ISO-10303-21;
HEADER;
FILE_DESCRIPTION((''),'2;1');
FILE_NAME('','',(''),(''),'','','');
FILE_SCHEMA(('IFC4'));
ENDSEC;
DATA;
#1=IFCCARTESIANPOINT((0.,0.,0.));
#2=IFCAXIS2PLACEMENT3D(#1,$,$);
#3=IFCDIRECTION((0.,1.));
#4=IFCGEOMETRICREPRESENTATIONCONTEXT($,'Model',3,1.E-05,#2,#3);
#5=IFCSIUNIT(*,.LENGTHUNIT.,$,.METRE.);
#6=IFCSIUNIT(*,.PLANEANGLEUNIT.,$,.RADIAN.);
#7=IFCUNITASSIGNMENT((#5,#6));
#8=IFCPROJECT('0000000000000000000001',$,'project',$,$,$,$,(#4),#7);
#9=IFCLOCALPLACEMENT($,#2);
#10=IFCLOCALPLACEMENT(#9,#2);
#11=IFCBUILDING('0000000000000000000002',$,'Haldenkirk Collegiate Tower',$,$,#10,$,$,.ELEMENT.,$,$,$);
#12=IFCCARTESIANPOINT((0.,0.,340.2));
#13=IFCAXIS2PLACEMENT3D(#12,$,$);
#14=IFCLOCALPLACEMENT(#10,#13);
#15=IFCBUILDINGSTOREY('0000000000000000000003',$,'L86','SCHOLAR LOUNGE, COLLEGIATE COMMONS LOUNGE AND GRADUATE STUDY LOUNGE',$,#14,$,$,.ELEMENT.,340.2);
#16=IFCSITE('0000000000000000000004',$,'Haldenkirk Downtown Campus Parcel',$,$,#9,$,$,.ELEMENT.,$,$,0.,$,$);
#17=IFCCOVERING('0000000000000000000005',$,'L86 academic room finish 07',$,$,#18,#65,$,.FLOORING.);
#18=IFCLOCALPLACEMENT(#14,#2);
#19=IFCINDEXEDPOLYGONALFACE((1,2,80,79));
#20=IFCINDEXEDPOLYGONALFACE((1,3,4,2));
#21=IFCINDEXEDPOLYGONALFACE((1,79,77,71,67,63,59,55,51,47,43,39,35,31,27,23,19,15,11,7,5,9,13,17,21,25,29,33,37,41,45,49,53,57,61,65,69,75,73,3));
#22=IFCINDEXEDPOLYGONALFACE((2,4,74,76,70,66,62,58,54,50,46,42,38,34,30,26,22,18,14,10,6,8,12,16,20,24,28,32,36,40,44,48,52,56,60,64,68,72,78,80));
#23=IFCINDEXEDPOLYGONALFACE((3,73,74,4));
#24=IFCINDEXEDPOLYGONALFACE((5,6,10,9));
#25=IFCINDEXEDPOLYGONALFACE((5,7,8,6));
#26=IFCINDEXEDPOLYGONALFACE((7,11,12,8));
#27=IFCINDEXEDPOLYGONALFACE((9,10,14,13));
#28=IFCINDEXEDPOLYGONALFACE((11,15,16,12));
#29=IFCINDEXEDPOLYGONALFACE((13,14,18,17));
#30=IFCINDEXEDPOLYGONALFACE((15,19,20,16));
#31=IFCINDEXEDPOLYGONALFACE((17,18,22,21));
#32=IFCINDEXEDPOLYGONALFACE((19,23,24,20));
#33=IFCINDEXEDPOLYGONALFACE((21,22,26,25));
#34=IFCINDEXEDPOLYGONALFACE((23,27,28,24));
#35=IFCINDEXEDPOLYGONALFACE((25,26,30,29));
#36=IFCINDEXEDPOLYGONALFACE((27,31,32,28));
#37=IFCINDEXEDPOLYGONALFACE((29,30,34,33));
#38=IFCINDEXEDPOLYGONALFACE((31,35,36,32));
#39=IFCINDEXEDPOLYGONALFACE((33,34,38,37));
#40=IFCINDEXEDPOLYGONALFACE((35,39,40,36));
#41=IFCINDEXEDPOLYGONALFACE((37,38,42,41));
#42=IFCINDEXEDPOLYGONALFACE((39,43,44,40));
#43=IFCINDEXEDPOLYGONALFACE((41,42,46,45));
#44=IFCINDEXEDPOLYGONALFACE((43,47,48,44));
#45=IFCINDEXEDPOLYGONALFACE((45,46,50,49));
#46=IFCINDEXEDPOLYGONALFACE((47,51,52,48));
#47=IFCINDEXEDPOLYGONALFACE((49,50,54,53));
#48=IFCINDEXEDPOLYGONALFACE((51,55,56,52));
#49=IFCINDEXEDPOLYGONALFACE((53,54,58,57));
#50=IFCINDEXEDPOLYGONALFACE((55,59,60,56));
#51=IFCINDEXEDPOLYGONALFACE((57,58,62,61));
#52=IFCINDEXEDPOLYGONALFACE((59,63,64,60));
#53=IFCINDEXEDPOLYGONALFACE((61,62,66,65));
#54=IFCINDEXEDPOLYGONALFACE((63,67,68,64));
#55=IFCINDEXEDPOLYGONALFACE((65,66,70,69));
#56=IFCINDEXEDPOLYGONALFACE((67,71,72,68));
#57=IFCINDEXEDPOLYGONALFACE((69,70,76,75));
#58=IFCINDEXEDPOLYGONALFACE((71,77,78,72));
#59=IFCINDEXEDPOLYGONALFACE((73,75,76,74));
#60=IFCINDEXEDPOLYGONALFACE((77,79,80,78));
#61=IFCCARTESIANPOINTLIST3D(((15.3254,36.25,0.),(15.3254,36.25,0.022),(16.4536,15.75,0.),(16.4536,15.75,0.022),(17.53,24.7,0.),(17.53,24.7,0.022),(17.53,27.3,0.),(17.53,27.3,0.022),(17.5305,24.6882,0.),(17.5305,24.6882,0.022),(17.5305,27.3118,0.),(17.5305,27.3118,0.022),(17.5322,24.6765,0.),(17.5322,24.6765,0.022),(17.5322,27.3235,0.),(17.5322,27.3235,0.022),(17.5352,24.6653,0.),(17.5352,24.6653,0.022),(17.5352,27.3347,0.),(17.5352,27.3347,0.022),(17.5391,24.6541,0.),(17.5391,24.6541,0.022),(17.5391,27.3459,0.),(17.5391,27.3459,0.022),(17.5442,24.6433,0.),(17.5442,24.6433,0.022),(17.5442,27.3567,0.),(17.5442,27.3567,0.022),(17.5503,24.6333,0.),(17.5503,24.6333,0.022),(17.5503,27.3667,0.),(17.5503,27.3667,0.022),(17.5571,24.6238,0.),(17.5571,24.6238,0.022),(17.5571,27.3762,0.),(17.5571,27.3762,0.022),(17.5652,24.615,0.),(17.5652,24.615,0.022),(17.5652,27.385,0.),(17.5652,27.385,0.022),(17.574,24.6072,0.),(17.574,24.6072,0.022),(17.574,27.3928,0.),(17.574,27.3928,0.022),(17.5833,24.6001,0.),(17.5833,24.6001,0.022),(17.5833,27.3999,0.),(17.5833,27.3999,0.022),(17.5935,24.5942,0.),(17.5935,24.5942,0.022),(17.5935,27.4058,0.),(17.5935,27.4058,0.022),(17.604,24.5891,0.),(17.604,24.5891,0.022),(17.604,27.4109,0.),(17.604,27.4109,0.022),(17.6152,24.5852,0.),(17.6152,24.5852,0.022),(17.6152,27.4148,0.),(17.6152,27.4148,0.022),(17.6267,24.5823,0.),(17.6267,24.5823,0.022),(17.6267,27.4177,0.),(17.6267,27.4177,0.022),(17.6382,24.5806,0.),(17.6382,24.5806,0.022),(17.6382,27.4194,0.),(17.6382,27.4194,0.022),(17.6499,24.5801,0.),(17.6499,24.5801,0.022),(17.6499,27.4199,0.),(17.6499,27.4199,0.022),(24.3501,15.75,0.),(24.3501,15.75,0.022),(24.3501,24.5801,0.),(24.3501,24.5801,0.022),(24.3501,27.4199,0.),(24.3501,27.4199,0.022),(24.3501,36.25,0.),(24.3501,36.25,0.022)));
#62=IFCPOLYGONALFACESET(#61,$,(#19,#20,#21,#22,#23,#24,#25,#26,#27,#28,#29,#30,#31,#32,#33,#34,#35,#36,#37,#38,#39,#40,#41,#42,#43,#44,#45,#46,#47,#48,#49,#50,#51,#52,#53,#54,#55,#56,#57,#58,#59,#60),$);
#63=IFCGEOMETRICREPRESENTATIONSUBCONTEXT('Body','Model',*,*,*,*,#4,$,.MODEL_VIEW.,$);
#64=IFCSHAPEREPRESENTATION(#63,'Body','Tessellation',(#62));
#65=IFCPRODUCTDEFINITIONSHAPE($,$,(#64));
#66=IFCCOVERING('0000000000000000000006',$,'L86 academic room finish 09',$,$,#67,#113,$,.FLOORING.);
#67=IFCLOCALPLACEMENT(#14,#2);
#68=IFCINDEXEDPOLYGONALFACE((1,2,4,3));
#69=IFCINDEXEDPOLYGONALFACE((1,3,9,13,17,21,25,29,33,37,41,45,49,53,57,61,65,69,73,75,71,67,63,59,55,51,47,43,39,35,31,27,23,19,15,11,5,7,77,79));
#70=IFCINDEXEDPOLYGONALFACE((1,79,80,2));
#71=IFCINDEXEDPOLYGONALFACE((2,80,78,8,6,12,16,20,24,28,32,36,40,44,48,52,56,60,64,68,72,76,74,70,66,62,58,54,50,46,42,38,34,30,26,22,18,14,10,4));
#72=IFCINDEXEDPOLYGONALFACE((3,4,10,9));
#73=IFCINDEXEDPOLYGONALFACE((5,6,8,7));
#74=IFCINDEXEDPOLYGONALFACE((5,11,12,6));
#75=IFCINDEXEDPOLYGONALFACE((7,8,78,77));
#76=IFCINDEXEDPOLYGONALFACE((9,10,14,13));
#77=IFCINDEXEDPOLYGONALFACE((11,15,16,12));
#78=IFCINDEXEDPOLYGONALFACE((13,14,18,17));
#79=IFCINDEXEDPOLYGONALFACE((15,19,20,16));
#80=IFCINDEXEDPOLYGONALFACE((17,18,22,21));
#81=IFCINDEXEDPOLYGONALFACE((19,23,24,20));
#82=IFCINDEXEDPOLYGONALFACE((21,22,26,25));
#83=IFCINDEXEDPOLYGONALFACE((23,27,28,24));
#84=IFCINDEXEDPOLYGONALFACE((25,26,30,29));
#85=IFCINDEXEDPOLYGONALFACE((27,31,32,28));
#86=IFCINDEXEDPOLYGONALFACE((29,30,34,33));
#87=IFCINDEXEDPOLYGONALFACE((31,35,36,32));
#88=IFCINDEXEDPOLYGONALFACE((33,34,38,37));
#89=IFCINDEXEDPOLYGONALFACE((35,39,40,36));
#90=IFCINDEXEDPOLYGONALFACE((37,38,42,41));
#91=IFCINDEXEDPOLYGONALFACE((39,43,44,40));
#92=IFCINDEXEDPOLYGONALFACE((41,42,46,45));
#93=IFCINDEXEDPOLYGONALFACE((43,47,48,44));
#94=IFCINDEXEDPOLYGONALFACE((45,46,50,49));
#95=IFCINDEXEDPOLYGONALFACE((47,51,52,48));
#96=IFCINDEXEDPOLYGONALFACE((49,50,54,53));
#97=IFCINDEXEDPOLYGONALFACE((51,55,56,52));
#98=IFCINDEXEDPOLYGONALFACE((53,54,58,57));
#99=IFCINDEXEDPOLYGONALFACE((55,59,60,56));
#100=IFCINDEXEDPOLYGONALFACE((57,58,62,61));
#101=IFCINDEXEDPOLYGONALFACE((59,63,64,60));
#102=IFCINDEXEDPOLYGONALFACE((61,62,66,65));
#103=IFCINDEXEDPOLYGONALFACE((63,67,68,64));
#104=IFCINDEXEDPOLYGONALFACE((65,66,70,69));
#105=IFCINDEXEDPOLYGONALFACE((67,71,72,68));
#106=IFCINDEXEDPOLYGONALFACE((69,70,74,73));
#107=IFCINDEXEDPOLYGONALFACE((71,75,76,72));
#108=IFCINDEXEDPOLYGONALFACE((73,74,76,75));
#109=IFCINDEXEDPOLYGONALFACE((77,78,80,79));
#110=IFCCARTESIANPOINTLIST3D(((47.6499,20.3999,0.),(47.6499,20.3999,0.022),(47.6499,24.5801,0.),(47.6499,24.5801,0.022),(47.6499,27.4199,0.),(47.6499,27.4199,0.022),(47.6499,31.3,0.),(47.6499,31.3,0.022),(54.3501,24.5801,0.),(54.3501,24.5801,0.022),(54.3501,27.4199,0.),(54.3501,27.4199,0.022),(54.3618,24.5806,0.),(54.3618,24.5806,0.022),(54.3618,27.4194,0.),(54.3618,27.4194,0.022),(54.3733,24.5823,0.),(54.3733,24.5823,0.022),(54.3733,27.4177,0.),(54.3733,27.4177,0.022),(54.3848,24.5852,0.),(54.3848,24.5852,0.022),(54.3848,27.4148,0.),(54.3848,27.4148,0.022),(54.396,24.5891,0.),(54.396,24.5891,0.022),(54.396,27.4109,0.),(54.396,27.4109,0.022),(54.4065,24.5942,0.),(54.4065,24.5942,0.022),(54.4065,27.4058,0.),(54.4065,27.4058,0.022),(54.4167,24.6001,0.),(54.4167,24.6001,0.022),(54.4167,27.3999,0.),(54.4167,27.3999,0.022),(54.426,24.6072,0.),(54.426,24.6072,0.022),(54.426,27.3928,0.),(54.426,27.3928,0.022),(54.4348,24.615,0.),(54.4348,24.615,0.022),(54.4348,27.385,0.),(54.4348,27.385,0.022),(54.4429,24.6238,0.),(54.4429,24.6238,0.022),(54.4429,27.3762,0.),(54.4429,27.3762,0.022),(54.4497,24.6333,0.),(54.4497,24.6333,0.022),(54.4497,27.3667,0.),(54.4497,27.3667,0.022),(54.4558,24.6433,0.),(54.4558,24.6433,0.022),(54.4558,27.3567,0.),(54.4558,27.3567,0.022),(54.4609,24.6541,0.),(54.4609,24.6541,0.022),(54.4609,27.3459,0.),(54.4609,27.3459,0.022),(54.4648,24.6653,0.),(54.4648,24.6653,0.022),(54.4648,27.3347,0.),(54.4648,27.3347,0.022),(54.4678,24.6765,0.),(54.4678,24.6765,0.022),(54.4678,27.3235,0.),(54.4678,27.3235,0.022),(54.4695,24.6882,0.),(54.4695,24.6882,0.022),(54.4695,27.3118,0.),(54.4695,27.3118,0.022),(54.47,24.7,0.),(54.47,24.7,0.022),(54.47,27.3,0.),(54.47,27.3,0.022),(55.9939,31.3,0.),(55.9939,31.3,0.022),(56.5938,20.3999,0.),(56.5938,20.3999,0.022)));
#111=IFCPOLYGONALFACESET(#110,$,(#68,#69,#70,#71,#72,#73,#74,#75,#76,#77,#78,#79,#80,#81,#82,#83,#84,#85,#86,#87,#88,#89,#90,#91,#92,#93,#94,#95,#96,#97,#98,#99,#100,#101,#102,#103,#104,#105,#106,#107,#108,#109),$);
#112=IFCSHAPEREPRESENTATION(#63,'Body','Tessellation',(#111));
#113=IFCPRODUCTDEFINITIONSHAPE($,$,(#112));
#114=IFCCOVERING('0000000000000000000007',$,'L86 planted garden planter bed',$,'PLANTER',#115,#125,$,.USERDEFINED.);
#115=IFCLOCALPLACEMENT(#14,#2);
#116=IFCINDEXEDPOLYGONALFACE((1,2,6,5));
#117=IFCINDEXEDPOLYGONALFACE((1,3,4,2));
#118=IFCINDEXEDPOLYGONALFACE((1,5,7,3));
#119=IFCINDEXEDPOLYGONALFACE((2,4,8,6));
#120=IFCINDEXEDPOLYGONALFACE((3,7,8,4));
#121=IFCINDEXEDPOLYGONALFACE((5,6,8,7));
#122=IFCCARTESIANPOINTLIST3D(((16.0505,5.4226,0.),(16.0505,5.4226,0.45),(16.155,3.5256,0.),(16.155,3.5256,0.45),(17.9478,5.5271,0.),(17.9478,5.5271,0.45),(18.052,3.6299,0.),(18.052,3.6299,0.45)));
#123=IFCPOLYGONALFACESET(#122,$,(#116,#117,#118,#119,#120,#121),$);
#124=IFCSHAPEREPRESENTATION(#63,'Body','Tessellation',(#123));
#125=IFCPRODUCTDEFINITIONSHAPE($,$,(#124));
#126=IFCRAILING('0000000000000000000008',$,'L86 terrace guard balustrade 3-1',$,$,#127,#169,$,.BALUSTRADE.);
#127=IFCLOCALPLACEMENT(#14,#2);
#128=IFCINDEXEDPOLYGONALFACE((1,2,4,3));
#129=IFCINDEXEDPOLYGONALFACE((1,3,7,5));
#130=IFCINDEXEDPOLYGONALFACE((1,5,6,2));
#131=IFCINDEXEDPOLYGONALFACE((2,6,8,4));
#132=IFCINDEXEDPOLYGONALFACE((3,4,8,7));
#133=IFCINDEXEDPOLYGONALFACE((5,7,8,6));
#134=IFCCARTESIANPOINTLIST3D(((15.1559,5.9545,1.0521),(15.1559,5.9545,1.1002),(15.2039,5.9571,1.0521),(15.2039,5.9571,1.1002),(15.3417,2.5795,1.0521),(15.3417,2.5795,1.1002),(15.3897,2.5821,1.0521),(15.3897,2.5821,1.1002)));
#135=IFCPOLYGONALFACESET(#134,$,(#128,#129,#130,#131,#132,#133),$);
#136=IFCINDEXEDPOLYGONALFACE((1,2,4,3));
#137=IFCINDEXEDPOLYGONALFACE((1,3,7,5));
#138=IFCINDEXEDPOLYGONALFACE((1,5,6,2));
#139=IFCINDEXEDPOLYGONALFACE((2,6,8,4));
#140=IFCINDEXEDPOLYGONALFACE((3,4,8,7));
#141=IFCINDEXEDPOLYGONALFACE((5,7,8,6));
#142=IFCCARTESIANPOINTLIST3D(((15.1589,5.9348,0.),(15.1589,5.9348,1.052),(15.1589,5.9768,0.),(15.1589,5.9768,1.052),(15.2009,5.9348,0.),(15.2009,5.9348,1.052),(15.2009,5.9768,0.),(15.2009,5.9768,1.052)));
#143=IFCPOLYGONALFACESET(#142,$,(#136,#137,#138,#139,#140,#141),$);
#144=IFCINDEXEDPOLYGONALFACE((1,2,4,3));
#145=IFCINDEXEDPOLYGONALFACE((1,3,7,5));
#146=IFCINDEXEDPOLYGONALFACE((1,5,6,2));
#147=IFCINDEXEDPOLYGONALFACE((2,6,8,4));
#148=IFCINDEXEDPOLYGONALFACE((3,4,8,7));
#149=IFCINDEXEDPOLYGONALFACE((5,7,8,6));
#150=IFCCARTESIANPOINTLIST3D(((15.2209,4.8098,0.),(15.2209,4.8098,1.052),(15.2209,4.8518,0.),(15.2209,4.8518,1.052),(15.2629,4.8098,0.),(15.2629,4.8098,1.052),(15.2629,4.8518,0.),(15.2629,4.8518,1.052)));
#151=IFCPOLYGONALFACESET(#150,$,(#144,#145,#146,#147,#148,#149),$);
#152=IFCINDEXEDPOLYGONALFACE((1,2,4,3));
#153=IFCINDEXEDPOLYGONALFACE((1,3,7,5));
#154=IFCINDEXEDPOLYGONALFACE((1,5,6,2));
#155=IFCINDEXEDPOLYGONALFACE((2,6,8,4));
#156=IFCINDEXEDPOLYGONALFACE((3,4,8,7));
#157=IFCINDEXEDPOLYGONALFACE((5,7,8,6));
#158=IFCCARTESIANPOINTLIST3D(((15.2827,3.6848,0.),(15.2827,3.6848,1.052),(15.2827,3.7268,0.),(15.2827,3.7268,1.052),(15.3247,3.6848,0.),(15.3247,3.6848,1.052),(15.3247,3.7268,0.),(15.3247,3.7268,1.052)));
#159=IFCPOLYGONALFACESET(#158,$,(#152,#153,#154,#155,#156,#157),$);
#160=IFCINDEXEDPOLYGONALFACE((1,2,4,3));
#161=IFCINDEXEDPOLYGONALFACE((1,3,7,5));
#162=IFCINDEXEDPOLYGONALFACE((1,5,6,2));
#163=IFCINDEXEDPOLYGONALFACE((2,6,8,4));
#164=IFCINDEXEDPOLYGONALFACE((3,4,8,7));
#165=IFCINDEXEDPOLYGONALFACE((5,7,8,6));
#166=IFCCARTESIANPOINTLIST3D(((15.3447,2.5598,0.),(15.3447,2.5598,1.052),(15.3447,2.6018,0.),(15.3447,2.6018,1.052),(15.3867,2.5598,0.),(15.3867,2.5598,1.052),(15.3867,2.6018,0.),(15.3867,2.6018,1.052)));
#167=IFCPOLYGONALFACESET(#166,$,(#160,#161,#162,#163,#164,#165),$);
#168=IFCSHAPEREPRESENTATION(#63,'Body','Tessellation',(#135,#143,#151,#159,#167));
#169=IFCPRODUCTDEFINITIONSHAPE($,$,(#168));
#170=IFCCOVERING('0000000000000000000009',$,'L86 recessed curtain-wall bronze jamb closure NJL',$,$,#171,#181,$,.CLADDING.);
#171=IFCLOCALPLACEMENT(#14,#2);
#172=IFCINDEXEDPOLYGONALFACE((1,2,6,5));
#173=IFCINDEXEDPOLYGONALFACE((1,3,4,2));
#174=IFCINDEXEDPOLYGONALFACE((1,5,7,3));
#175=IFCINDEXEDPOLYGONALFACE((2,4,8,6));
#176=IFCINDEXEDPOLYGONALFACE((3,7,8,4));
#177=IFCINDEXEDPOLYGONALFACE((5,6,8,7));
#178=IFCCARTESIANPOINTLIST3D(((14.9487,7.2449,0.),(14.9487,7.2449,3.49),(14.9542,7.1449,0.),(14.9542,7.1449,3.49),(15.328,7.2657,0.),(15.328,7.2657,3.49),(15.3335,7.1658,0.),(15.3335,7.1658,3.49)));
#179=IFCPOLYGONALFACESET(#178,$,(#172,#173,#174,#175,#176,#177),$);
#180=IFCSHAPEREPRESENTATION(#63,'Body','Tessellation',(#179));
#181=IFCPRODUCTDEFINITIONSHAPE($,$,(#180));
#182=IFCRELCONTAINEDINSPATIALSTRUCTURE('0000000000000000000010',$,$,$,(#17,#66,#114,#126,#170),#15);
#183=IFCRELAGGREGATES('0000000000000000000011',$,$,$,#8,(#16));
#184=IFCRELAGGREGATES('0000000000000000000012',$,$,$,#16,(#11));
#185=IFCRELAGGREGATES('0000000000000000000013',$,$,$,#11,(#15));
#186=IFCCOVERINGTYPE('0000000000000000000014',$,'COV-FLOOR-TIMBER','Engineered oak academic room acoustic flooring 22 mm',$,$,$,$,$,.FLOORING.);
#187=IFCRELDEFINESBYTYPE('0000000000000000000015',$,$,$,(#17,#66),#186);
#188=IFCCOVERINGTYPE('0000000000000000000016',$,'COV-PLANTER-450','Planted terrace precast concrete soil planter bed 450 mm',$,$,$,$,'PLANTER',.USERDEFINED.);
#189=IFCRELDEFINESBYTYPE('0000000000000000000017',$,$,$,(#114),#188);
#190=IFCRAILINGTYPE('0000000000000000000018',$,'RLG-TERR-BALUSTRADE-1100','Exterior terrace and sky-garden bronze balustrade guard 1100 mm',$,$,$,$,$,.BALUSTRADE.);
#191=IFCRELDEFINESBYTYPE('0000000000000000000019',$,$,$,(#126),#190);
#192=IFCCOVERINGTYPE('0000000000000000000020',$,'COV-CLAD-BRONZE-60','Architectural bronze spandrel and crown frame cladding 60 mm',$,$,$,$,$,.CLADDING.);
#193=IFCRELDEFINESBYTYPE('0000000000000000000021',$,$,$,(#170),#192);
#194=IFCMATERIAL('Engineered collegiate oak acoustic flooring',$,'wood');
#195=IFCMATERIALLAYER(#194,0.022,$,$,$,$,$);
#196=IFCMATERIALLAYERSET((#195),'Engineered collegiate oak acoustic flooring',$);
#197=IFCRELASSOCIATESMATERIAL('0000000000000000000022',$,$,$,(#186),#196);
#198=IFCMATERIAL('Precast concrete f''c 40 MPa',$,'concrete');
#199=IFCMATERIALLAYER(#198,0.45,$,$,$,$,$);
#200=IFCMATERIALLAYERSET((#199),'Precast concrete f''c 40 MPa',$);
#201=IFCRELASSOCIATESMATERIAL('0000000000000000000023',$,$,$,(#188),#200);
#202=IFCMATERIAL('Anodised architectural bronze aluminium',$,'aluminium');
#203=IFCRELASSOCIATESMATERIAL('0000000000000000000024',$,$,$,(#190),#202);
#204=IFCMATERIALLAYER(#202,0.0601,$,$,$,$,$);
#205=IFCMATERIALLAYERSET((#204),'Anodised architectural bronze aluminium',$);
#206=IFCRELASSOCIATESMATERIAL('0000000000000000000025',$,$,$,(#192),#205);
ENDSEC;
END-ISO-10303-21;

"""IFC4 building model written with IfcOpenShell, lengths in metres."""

from ifc_helpers import new_model, si_unit, direction, frame, origin, origin_2d, place, context, subcontext, project, spatial, polyline, rectangle, outline, extrude, source, transform, mapped, material, layer, layer_set, type_object, element, save


model = new_model("IFC4")

# Units and contexts
model_context = context("Model", 3, precision=1e-05, world=origin(), true_north=direction((0.0, 1.0)))
body_context = subcontext(model_context, "Body", "Model", "MODEL_VIEW")
ifc_project = project(units=[si_unit("LENGTHUNIT", "METRE"), si_unit("PLANEANGLEUNIT", "RADIAN")], contexts=[model_context])

# Site, building, storey
site_placement = place(None, origin())
site = spatial("IfcSite", under=ifc_project, at=site_placement, Name="Haldenkirk Downtown Campus Parcel", CompositionType="ELEMENT", RefElevation=0.0)
building_placement = place(site_placement, origin())
building = spatial("IfcBuilding", under=site, at=building_placement, Name="Haldenkirk Collegiate Tower", CompositionType="ELEMENT")
storey_placement = place(building_placement, frame((0.0, 0.0, 340.2)))
storey = spatial("IfcBuildingStorey", under=building, at=storey_placement, Name="L86", Description="SCHOLAR LOUNGE, COLLEGIATE COMMONS LOUNGE AND GRADUATE STUDY LOUNGE", CompositionType="ELEMENT", Elevation=340.2)

# Shared definitions
ifc_material_1 = material(Name="Anodised architectural bronze aluminium", Category="aluminium")

# Shared definitions
ifc_material_2 = material(Name="Precast concrete f'c 40 MPa", Category="concrete")

# Coverings
ifc_material_3 = material(Name="Engineered collegiate oak acoustic flooring", Category="wood")
ifc_layer_1 = layer(ifc_material_3, 0.022)
ifc_layer_set_1 = layer_set([ifc_layer_1], Name="Engineered collegiate oak acoustic flooring")
covering_type_1 = type_object("IfcCoveringType", Name="COV-FLOOR-TIMBER", Description="Engineered oak academic room acoustic flooring 22 mm", PredefinedType="FLOORING", material=ifc_layer_set_1)
covering_1_placement = place(storey_placement, origin())
element("IfcCovering", 1, at=covering_1_placement, inside=storey, type_object=covering_type_1, Name="L86 academic room finish 07", PredefinedType="FLOORING", context=body_context, shape_type="SweptSolid", body=[
    extrude(outline(polyline([(17.6499, 27.4199), (17.6382, 27.4194), (17.6267, 27.4177), (17.6152, 27.4148), (17.604, 27.4109), (17.5935, 27.4058), (17.5833, 27.3999), (17.574, 27.3928), (17.5652, 27.385), (17.5571, 27.3762), (17.5503, 27.3667), (17.5442, 27.3567), (17.5391, 27.3459), (17.5352, 27.3347), (17.5322, 27.3235), (17.5305, 27.3118), (17.53, 27.3), (17.53, 24.7), (17.5305, 24.6882), (17.5322, 24.6765), (17.5352, 24.6653), (17.5391, 24.6541), (17.5442, 24.6433), (17.5503, 24.6333), (17.5571, 24.6238), (17.5652, 24.615), (17.574, 24.6072), (17.5833, 24.6001), (17.5935, 24.5942), (17.604, 24.5891), (17.6152, 24.5852), (17.6267, 24.5823), (17.6382, 24.5806), (17.6499, 24.5801), (24.3501, 24.5801), (24.3501, 15.75), (16.4536, 15.75), (15.3254, 36.25), (24.3501, 36.25), (24.3501, 27.4199), (17.6499, 27.4199)])), origin(), (0.0, 0.0, 1.0), 0.022),
])
covering_2_placement = place(storey_placement, origin())
element("IfcCovering", 2, at=covering_2_placement, inside=storey, type_object=covering_type_1, Name="L86 academic room finish 09", PredefinedType="FLOORING", context=body_context, shape_type="SweptSolid", body=[
    extrude(outline(polyline([(54.3501, 24.5801), (54.3618, 24.5806), (54.3733, 24.5823), (54.3848, 24.5852), (54.396, 24.5891), (54.4065, 24.5942), (54.4167, 24.6001), (54.426, 24.6072), (54.4348, 24.615), (54.4429, 24.6238), (54.4497, 24.6333), (54.4558, 24.6433), (54.4609, 24.6541), (54.4648, 24.6653), (54.4678, 24.6765), (54.4695, 24.6882), (54.47, 24.7), (54.47, 27.3), (54.4695, 27.3118), (54.4678, 27.3235), (54.4648, 27.3347), (54.4609, 27.3459), (54.4558, 27.3567), (54.4497, 27.3667), (54.4429, 27.3762), (54.4348, 27.385), (54.426, 27.3928), (54.4167, 27.3999), (54.4065, 27.4058), (54.396, 27.4109), (54.3848, 27.4148), (54.3733, 27.4177), (54.3618, 27.4194), (54.3501, 27.4199), (47.6499, 27.4199), (47.6499, 31.3), (55.9939, 31.3), (56.5938, 20.3999), (47.6499, 20.3999), (47.6499, 24.5801), (54.3501, 24.5801)])), origin(), (0.0, 0.0, 1.0), 0.022),
])
ifc_layer_2 = layer(ifc_material_2, 0.45)
ifc_layer_set_2 = layer_set([ifc_layer_2], Name="Precast concrete f'c 40 MPa")
covering_type_2 = type_object("IfcCoveringType", Name="COV-PLANTER-450", Description="Planted terrace precast concrete soil planter bed 450 mm", ElementType="PLANTER", PredefinedType="USERDEFINED", material=ifc_layer_set_2)
covering_3_placement = place(storey_placement, origin())
element("IfcCovering", 3, at=covering_3_placement, inside=storey, type_object=covering_type_2, Name="L86 planted garden planter bed", ObjectType="PLANTER", PredefinedType="USERDEFINED", context=body_context, shape_type="SweptSolid", body=[
    extrude(outline(polyline([(18.052, 3.6299), (16.155, 3.5256), (16.0505, 5.4226), (17.9478, 5.5271), (18.052, 3.6299)])), origin(), (0.0, 0.0, 1.0), 0.45),
])

# Railing
railing_type = type_object("IfcRailingType", Name="RLG-TERR-BALUSTRADE-1100", Description="Exterior terrace and sky-garden bronze balustrade guard 1100 mm", PredefinedType="BALUSTRADE", material=ifc_material_1)
railing_placement = place(storey_placement, frame((15.1799, 5.9558, 0.0)))
element("IfcRailing", 4, at=railing_placement, inside=storey, type_object=railing_type, Name="L86 terrace guard balustrade 3-1", PredefinedType="BALUSTRADE", context=body_context, shape_type="SweptSolid", body=[
    extrude(rectangle(XDim=0.0481, YDim=0.0481, at=origin_2d()), frame((0.0, 0.0, 1.0762), z_axis=(0.054966, -0.998488, 0.0), x_axis=(0.998488, 0.054966, 0.0)), (0.0, 0.0, 1.0), 3.3801),
    extrude(rectangle(XDim=0.042, YDim=0.042, at=origin_2d()), origin(), (0.0, 0.0, 1.0), 1.052),
    extrude(rectangle(XDim=0.042, YDim=0.042, at=origin_2d()), frame((0.062, -1.125, 0.0)), (0.0, 0.0, 1.0), 1.052),
    extrude(rectangle(XDim=0.042, YDim=0.042, at=origin_2d()), frame((0.1238, -2.25, 0.0)), (0.0, 0.0, 1.0), 1.052),
    extrude(rectangle(XDim=0.042, YDim=0.042, at=origin_2d()), frame((0.1858, -3.375, 0.0)), (0.0, 0.0, 1.0), 1.052),
])

# Covering
ifc_layer_3 = layer(ifc_material_1, 0.0601)
ifc_layer_set_3 = layer_set([ifc_layer_3], Name="Anodised architectural bronze aluminium")
covering_type_3 = type_object("IfcCoveringType", Name="COV-CLAD-BRONZE-60", Description="Architectural bronze spandrel and crown frame cladding 60 mm", PredefinedType="CLADDING", material=ifc_layer_set_3)
shared_shape_1 = source(origin(), body_context, "Body", "SweptSolid", [
    extrude(rectangle(XDim=0.1001, YDim=0.3799, at=origin_2d()), origin(), (0.0, 0.0, 1.0), 3.49),
])
covering_4_placement = place(storey_placement, frame((15.1411, 7.2053, 0.0), z_axis=(0.0, 0.0, 1.0), x_axis=(-0.05495, 0.998489, 0.0)))
element("IfcCovering", 5, at=covering_4_placement, inside=storey, type_object=covering_type_3, Name="L86 recessed curtain-wall bronze jamb closure NJL", PredefinedType="CLADDING", context=body_context, shape_type="MappedRepresentation", body=[
    mapped(shared_shape_1, transform((0.0, 0.0, 0.0), x_axis=(1.0, 0.0, 0.0), y_axis=(0.0, 1.0, 0.0), z_axis=(0.0, 0.0, 1.0), scale=1.0)),
])

save(model, "model.ifc")
